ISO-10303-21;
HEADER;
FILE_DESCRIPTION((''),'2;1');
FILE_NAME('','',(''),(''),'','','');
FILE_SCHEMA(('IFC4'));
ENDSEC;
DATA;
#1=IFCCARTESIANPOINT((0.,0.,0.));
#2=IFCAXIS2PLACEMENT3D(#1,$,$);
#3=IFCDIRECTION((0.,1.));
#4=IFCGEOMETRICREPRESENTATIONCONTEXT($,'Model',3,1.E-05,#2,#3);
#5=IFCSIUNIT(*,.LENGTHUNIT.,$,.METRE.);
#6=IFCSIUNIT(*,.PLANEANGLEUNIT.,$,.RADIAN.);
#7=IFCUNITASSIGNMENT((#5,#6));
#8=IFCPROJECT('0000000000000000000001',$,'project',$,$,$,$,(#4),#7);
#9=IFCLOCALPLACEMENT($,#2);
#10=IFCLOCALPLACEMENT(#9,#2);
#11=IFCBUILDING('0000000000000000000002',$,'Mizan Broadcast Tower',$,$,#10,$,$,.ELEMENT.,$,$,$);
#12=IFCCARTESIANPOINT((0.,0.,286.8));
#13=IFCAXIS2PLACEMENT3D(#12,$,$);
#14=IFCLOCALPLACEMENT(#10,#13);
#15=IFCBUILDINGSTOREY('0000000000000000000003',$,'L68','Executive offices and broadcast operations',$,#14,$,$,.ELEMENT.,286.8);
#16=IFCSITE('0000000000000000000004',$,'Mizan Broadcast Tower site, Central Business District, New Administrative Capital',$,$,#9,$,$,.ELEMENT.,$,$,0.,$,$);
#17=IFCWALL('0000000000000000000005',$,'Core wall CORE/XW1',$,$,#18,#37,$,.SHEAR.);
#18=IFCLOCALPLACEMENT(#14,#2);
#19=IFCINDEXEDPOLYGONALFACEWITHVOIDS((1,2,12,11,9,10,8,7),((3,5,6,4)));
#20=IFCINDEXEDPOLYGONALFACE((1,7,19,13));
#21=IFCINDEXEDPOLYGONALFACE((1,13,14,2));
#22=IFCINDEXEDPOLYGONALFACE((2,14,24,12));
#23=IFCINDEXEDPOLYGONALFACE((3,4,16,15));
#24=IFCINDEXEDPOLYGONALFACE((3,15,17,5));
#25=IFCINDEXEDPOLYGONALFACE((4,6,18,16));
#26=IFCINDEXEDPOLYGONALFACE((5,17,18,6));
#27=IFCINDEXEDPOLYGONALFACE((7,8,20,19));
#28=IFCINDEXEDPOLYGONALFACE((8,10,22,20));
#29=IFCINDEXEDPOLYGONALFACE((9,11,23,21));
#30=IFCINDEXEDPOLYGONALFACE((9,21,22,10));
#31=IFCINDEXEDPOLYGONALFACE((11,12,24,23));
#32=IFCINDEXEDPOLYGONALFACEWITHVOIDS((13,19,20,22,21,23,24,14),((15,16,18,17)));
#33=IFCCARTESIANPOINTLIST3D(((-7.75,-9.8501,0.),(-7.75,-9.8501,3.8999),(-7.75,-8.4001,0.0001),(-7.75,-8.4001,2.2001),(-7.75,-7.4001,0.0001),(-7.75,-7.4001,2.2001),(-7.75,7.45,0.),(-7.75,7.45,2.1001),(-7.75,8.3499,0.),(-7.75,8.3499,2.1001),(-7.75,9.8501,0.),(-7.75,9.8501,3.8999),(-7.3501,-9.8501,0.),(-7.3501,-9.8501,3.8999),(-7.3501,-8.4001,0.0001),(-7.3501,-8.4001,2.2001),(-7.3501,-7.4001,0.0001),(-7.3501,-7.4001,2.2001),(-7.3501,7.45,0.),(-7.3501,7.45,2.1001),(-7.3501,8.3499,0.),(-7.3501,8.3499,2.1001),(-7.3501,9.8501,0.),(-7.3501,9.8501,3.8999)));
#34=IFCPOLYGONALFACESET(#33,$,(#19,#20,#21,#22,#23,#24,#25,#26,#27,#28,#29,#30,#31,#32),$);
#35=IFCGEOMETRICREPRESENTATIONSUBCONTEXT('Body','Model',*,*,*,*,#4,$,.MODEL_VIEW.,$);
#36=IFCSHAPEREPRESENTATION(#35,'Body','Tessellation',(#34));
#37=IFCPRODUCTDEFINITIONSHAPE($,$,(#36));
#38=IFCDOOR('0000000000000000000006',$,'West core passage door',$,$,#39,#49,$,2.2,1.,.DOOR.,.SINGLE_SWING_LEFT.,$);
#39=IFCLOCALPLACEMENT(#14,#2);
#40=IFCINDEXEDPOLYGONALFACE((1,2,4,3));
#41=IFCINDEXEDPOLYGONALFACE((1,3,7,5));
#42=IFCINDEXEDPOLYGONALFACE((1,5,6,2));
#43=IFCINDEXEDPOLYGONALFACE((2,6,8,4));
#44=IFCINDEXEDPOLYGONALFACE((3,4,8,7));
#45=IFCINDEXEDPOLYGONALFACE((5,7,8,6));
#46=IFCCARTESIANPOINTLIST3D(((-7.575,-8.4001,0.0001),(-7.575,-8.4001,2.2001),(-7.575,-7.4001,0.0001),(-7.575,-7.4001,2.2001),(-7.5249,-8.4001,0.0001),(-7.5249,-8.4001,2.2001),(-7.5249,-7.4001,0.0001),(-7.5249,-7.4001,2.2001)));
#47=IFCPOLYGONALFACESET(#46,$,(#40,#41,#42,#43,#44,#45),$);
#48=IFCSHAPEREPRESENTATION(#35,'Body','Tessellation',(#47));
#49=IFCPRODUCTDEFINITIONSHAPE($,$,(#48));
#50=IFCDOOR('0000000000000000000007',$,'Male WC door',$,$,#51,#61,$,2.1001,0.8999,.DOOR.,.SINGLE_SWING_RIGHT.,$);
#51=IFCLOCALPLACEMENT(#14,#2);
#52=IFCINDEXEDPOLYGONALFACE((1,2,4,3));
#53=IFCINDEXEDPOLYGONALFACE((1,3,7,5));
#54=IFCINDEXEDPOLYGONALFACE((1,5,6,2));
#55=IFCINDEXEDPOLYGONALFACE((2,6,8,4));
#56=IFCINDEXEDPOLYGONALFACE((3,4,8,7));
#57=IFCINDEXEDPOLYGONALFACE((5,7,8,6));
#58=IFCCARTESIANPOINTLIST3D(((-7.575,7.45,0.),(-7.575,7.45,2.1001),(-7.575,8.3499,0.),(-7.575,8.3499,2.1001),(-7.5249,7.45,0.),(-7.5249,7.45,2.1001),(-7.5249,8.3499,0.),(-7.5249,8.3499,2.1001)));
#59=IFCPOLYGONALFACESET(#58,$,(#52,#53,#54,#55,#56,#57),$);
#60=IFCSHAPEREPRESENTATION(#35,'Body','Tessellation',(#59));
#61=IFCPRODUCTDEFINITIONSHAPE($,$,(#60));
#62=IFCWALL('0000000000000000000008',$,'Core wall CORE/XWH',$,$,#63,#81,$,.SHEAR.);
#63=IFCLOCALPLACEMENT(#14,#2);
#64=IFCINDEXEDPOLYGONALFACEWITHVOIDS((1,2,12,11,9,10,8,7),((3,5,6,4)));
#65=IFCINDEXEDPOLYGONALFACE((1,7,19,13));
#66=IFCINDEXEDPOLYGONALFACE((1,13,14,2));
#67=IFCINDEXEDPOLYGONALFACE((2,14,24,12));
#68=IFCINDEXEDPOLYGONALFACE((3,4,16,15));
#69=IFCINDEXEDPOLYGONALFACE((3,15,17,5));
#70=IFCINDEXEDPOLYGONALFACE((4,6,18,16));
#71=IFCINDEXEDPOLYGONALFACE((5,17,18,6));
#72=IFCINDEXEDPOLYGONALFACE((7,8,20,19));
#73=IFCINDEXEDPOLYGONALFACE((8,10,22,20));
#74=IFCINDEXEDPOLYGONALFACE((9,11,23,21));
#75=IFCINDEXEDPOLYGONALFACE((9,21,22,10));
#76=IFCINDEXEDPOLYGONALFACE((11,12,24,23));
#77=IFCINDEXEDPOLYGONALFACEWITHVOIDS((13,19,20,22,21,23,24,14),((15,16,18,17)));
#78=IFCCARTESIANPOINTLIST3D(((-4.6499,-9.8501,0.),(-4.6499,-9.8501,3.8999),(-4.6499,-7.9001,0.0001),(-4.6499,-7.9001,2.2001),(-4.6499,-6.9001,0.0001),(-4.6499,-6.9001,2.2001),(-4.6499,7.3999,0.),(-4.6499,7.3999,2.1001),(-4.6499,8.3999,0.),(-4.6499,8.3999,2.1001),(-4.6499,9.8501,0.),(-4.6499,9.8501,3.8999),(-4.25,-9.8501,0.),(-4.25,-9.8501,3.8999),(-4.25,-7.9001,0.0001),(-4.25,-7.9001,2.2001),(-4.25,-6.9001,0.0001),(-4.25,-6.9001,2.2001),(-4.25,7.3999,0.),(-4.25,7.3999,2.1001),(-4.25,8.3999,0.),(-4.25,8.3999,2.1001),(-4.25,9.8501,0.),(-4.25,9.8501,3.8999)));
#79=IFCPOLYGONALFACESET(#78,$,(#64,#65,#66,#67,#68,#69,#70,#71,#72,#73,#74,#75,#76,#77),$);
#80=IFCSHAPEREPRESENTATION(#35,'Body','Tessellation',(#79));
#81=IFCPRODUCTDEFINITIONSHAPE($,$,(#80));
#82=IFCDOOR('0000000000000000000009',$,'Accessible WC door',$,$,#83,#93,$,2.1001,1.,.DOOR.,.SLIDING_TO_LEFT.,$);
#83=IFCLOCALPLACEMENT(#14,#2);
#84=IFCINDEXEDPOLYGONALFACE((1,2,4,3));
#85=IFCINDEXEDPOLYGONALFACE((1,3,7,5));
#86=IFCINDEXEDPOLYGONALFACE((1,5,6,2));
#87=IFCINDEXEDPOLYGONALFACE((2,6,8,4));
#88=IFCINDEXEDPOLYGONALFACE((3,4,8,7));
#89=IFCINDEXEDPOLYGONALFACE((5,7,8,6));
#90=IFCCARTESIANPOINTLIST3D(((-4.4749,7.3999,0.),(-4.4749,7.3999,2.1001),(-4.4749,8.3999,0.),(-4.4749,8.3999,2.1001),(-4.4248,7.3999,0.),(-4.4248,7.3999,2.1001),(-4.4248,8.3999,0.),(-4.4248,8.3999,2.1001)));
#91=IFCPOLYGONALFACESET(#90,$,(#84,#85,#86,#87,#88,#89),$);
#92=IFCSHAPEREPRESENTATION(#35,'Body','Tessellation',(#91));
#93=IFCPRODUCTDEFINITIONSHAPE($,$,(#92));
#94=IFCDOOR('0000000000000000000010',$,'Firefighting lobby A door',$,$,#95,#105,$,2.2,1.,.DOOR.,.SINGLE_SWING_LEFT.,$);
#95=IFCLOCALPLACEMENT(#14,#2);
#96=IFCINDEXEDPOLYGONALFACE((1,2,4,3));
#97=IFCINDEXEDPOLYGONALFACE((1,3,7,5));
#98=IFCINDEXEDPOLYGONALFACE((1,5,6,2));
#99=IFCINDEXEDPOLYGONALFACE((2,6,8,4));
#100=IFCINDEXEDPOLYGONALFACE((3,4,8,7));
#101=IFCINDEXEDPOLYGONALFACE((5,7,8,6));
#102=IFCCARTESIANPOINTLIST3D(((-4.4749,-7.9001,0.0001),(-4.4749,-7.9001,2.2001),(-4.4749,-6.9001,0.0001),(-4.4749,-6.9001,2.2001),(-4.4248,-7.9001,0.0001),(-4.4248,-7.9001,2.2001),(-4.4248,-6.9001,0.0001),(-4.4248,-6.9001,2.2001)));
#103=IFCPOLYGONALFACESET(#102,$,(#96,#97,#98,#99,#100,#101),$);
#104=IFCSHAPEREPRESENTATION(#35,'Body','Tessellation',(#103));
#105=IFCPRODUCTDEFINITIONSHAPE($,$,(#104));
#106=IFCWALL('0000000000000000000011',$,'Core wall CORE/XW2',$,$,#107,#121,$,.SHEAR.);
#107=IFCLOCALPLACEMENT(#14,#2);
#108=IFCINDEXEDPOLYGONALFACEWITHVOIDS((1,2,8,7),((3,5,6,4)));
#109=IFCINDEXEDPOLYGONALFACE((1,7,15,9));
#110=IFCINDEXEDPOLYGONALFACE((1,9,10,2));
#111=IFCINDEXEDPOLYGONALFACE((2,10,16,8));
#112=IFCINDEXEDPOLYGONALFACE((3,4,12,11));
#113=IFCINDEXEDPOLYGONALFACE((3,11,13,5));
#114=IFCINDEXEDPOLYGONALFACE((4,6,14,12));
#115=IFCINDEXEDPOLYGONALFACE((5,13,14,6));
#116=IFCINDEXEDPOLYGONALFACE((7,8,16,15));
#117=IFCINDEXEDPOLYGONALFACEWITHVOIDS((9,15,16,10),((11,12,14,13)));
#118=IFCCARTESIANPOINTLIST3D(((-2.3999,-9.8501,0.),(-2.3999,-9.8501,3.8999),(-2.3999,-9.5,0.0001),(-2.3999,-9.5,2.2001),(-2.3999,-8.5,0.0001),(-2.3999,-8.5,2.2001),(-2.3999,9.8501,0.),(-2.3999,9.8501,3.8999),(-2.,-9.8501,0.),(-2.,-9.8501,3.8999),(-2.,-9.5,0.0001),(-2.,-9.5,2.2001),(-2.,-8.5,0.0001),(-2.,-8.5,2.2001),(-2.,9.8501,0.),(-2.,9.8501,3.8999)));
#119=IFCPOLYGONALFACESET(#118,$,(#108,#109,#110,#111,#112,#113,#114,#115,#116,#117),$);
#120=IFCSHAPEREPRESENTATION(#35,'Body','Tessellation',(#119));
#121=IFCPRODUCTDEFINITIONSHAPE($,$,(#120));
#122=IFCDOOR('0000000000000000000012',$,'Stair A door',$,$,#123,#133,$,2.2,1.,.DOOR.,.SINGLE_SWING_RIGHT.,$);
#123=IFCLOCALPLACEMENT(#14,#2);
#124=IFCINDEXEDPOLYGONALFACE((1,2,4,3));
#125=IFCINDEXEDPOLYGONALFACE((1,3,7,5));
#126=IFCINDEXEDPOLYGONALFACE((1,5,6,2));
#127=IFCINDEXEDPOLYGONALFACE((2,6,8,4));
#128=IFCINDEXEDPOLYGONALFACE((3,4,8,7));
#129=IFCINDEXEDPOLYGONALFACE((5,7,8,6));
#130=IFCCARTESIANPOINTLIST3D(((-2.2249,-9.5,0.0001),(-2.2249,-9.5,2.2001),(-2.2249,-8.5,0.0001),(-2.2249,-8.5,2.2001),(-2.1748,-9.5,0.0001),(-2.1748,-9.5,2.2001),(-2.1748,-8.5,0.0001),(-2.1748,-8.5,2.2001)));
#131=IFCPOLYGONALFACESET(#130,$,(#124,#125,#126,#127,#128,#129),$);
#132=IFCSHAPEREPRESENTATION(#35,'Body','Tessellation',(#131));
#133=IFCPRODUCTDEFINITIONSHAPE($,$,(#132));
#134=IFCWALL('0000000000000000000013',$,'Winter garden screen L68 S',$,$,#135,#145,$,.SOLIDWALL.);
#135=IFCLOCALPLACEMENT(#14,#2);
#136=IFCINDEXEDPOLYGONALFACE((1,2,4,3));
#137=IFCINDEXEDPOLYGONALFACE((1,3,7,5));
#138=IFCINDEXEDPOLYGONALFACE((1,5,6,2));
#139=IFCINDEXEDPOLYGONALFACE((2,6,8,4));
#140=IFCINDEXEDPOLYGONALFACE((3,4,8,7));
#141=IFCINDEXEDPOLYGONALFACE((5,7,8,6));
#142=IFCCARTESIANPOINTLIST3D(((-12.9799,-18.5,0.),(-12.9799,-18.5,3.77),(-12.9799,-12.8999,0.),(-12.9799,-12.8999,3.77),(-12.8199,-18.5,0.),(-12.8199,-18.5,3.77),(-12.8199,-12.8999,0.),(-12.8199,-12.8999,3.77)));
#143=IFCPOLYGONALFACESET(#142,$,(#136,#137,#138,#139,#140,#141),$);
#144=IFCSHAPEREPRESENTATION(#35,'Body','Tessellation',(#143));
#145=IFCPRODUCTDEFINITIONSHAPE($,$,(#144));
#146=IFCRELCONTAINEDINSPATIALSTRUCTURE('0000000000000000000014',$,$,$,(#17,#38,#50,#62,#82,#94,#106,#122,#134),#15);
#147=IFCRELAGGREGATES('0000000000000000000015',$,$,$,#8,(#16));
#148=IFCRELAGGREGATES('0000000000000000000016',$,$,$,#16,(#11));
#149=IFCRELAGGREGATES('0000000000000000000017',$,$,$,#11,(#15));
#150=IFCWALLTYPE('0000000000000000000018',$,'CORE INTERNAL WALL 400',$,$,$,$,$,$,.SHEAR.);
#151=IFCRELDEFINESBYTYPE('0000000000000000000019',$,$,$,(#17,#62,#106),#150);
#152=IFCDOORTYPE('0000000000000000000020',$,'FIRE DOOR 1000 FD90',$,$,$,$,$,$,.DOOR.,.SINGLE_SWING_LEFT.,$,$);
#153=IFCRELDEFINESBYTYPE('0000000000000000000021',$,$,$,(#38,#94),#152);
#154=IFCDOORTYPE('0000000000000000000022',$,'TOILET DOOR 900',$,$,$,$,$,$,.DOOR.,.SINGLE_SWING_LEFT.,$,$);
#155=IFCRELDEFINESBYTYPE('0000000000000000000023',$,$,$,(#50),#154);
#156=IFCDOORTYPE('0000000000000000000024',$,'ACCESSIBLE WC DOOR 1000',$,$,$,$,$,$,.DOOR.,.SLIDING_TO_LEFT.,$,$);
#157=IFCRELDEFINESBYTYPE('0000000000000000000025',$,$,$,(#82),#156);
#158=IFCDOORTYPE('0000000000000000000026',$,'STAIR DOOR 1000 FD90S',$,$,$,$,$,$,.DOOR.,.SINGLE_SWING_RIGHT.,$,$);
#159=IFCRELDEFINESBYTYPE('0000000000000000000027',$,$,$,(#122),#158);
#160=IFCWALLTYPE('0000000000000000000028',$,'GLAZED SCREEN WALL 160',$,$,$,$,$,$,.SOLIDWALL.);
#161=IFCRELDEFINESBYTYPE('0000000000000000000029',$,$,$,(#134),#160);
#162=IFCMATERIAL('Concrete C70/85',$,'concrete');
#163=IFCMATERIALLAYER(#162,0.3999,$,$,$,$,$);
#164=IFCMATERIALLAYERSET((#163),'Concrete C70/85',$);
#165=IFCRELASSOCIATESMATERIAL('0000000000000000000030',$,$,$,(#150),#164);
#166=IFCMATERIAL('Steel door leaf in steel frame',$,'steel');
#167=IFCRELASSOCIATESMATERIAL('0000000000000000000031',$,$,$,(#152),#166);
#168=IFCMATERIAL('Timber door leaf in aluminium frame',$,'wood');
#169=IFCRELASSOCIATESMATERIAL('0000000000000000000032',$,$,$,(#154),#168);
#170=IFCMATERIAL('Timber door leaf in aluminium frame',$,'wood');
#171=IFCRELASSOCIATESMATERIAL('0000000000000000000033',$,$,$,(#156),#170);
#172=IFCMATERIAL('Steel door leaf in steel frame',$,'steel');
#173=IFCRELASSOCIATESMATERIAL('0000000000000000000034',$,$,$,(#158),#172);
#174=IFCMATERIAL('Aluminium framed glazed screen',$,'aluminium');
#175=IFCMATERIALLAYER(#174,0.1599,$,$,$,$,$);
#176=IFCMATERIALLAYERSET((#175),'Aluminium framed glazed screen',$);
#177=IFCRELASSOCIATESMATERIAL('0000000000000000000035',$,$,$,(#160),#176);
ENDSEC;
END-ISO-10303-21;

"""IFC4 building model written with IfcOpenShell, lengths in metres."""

from ifc_helpers import new_model, si_unit, direction, frame, frame_2d, origin, place, context, subcontext, project, spatial, rectangle, extrude, material, layer, layer_set, type_object, element, fill, save


model = new_model("IFC4")

# Units and contexts
model_context = context("Model", 3, precision=1e-05, world=origin(), true_north=direction((0.0, 1.0)))
body_context = subcontext(model_context, "Body", "Model", "MODEL_VIEW")
ifc_project = project(units=[si_unit("LENGTHUNIT", "METRE"), si_unit("PLANEANGLEUNIT", "RADIAN")], contexts=[model_context])

# Site, building, storey
site_placement = place(None, origin())
site = spatial("IfcSite", under=ifc_project, at=site_placement, Name="Mizan Broadcast Tower site, Central Business District, New Administrative Capital", CompositionType="ELEMENT", RefElevation=0.0)
building_placement = place(site_placement, origin())
building = spatial("IfcBuilding", under=site, at=building_placement, Name="Mizan Broadcast Tower", CompositionType="ELEMENT")
storey_placement = place(building_placement, frame((0.0, 0.0, 286.8)))
storey = spatial("IfcBuildingStorey", under=building, at=storey_placement, Name="L68", Description="Executive offices and broadcast operations", CompositionType="ELEMENT", Elevation=286.8)

# Walls, openings, doors
ifc_material_1 = material(Name="Concrete C70/85", Category="concrete")
ifc_layer_1 = layer(ifc_material_1, 0.3999)
ifc_layer_set_1 = layer_set([ifc_layer_1], Name="Concrete C70/85")
wall_type_1 = type_object("IfcWallType", Name="CORE INTERNAL WALL 400", PredefinedType="SHEAR", material=ifc_layer_set_1)
wall_1_placement = place(storey_placement, frame((-7.55, -9.8501, 0.0), z_axis=(0.0, 0.0, 1.0), x_axis=(0.0, 1.0, 0.0)))
wall_1 = element("IfcWall", 1, at=wall_1_placement, inside=storey, type_object=wall_type_1, Name="Core wall CORE/XW1", PredefinedType="SHEAR", context=body_context, shape_type="SweptSolid", body=[
    extrude(rectangle(XDim=19.7002, YDim=0.3999, at=frame_2d((9.8501, 0.0))), origin(), (0.0, 0.0, 1.0), 3.8999),
])
opening_1_placement = place(wall_1_placement, frame((1.45, 0.0, 0.0)))
opening_1 = element("IfcOpeningElement", 2, at=opening_1_placement, cuts=wall_1, PredefinedType="OPENING", context=body_context, shape_type="SweptSolid", body=[
    extrude(rectangle(XDim=1.0, YDim=2.2, at=frame_2d((0.5, 1.1001))), frame((0.0, 0.21, 0.0), z_axis=(0.0, -1.0, 0.0), x_axis=(1.0, 0.0, 0.0)), (0.0, 0.0, 1.0), 0.4199),
])
opening_2_placement = place(wall_1_placement, frame((17.3, 0.0, 0.0)))
opening_2 = element("IfcOpeningElement", 3, at=opening_2_placement, cuts=wall_1, PredefinedType="OPENING", context=body_context, shape_type="SweptSolid", body=[
    extrude(rectangle(XDim=0.8999, YDim=2.1001, at=frame_2d((0.45, 1.05))), frame((0.0, 0.21, 0.0), z_axis=(0.0, -1.0, 0.0), x_axis=(1.0, 0.0, 0.0)), (0.0, 0.0, 1.0), 0.4199),
])
ifc_material_2 = material(Name="Steel door leaf in steel frame", Category="steel")
door_type_1 = type_object("IfcDoorType", Name="FIRE DOOR 1000 FD90", OperationType="SINGLE_SWING_LEFT", PredefinedType="DOOR", material=ifc_material_2)
door_1_placement = place(opening_1_placement, origin())
door_1 = element("IfcDoor", 4, at=door_1_placement, inside=storey, type_object=door_type_1, Name="West core passage door", OperationType="SINGLE_SWING_LEFT", OverallHeight=2.2, OverallWidth=1.0, PredefinedType="DOOR", context=body_context, shape_type="SweptSolid", body=[
    extrude(rectangle(XDim=1.0, YDim=2.2, at=frame_2d((0.5, 1.1001))), frame((0.0, 0.0249, 0.0), z_axis=(0.0, -1.0, 0.0), x_axis=(1.0, 0.0, 0.0)), (0.0, 0.0, 1.0), 0.05),
])
fill(opening_1, door_1)
ifc_material_3 = material(Name="Timber door leaf in aluminium frame", Category="wood")
door_type_2 = type_object("IfcDoorType", Name="TOILET DOOR 900", OperationType="SINGLE_SWING_LEFT", PredefinedType="DOOR", material=ifc_material_3)
door_2_placement = place(opening_2_placement, origin())
door_2 = element("IfcDoor", 5, at=door_2_placement, inside=storey, type_object=door_type_2, Name="Male WC door", OperationType="SINGLE_SWING_RIGHT", OverallHeight=2.1001, OverallWidth=0.8999, PredefinedType="DOOR", context=body_context, shape_type="SweptSolid", body=[
    extrude(rectangle(XDim=0.8999, YDim=2.1001, at=frame_2d((0.45, 1.05))), frame((0.0, 0.0249, 0.0), z_axis=(0.0, -1.0, 0.0), x_axis=(1.0, 0.0, 0.0)), (0.0, 0.0, 1.0), 0.05),
])
fill(opening_2, door_2)
wall_2_placement = place(storey_placement, frame((-4.45, -9.8501, 0.0), z_axis=(0.0, 0.0, 1.0), x_axis=(0.0, 1.0, 0.0)))
wall_2 = element("IfcWall", 6, at=wall_2_placement, inside=storey, type_object=wall_type_1, Name="Core wall CORE/XWH", PredefinedType="SHEAR", context=body_context, shape_type="SweptSolid", body=[
    extrude(rectangle(XDim=19.7002, YDim=0.3999, at=frame_2d((9.8501, 0.0))), origin(), (0.0, 0.0, 1.0), 3.8999),
])
opening_3_placement = place(wall_2_placement, frame((1.95, 0.0, 0.0)))
opening_3 = element("IfcOpeningElement", 7, at=opening_3_placement, cuts=wall_2, PredefinedType="OPENING", context=body_context, shape_type="SweptSolid", body=[
    extrude(rectangle(XDim=1.0, YDim=2.2, at=frame_2d((0.5, 1.1001))), frame((0.0, 0.21, 0.0), z_axis=(0.0, -1.0, 0.0), x_axis=(1.0, 0.0, 0.0)), (0.0, 0.0, 1.0), 0.4199),
])
opening_4_placement = place(wall_2_placement, frame((17.25, 0.0, 0.0)))
opening_4 = element("IfcOpeningElement", 8, at=opening_4_placement, cuts=wall_2, PredefinedType="OPENING", context=body_context, shape_type="SweptSolid", body=[
    extrude(rectangle(XDim=1.0, YDim=2.1001, at=frame_2d((0.5, 1.05))), frame((0.0, 0.21, 0.0), z_axis=(0.0, -1.0, 0.0), x_axis=(1.0, 0.0, 0.0)), (0.0, 0.0, 1.0), 0.4199),
])
ifc_material_4 = material(Name="Timber door leaf in aluminium frame", Category="wood")
door_type_3 = type_object("IfcDoorType", Name="ACCESSIBLE WC DOOR 1000", OperationType="SLIDING_TO_LEFT", PredefinedType="DOOR", material=ifc_material_4)
door_3_placement = place(opening_4_placement, origin())
door_3 = element("IfcDoor", 9, at=door_3_placement, inside=storey, type_object=door_type_3, Name="Accessible WC door", OperationType="SLIDING_TO_LEFT", OverallHeight=2.1001, OverallWidth=1.0, PredefinedType="DOOR", context=body_context, shape_type="SweptSolid", body=[
    extrude(rectangle(XDim=1.0, YDim=2.1001, at=frame_2d((0.5, 1.05))), frame((0.0, 0.0249, 0.0), z_axis=(0.0, -1.0, 0.0), x_axis=(1.0, 0.0, 0.0)), (0.0, 0.0, 1.0), 0.05),
])
fill(opening_4, door_3)
door_4_placement = place(opening_3_placement, origin())
door_4 = element("IfcDoor", 10, at=door_4_placement, inside=storey, type_object=door_type_1, Name="Firefighting lobby A door", OperationType="SINGLE_SWING_LEFT", OverallHeight=2.2, OverallWidth=1.0, PredefinedType="DOOR", context=body_context, shape_type="SweptSolid", body=[
    extrude(rectangle(XDim=1.0, YDim=2.2, at=frame_2d((0.5, 1.1001))), frame((0.0, 0.0249, 0.0), z_axis=(0.0, -1.0, 0.0), x_axis=(1.0, 0.0, 0.0)), (0.0, 0.0, 1.0), 0.05),
])
fill(opening_3, door_4)

# Wall, opening, door
wall_3_placement = place(storey_placement, frame((-2.2, -9.8501, 0.0), z_axis=(0.0, 0.0, 1.0), x_axis=(0.0, 1.0, 0.0)))
wall_3 = element("IfcWall", 11, at=wall_3_placement, inside=storey, type_object=wall_type_1, Name="Core wall CORE/XW2", PredefinedType="SHEAR", context=body_context, shape_type="SweptSolid", body=[
    extrude(rectangle(XDim=19.7002, YDim=0.3999, at=frame_2d((9.8501, 0.0))), origin(), (0.0, 0.0, 1.0), 3.8999),
])
opening_5_placement = place(wall_3_placement, frame((0.3501, 0.0, 0.0)))
opening_5 = element("IfcOpeningElement", 12, at=opening_5_placement, cuts=wall_3, PredefinedType="OPENING", context=body_context, shape_type="SweptSolid", body=[
    extrude(rectangle(XDim=1.0, YDim=2.2, at=frame_2d((0.5, 1.1001))), frame((0.0, 0.21, 0.0), z_axis=(0.0, -1.0, 0.0), x_axis=(1.0, 0.0, 0.0)), (0.0, 0.0, 1.0), 0.4199),
])
ifc_material_5 = material(Name="Steel door leaf in steel frame", Category="steel")
door_type_4 = type_object("IfcDoorType", Name="STAIR DOOR 1000 FD90S", OperationType="SINGLE_SWING_RIGHT", PredefinedType="DOOR", material=ifc_material_5)
door_5_placement = place(opening_5_placement, origin())
door_5 = element("IfcDoor", 13, at=door_5_placement, inside=storey, type_object=door_type_4, Name="Stair A door", OperationType="SINGLE_SWING_RIGHT", OverallHeight=2.2, OverallWidth=1.0, PredefinedType="DOOR", context=body_context, shape_type="SweptSolid", body=[
    extrude(rectangle(XDim=1.0, YDim=2.2, at=frame_2d((0.5, 1.1001))), frame((0.0, 0.0249, 0.0), z_axis=(0.0, -1.0, 0.0), x_axis=(1.0, 0.0, 0.0)), (0.0, 0.0, 1.0), 0.05),
])
fill(opening_5, door_5)

# Wall
ifc_material_6 = material(Name="Aluminium framed glazed screen", Category="aluminium")
ifc_layer_2 = layer(ifc_material_6, 0.1599)
ifc_layer_set_2 = layer_set([ifc_layer_2], Name="Aluminium framed glazed screen")
wall_type_2 = type_object("IfcWallType", Name="GLAZED SCREEN WALL 160", PredefinedType="SOLIDWALL", material=ifc_layer_set_2)
wall_4_placement = place(storey_placement, frame((-12.8999, -12.8999, 0.0), z_axis=(0.0, 0.0, 1.0), x_axis=(0.0, -1.0, 0.0)))
element("IfcWall", 14, at=wall_4_placement, inside=storey, type_object=wall_type_2, Name="Winter garden screen L68 S", PredefinedType="SOLIDWALL", context=body_context, shape_type="SweptSolid", body=[
    extrude(rectangle(XDim=5.6001, YDim=0.1599, at=frame_2d((2.8, 0.0))), origin(), (0.0, 0.0, 1.0), 3.77),
])

save(model, "model.ifc")
